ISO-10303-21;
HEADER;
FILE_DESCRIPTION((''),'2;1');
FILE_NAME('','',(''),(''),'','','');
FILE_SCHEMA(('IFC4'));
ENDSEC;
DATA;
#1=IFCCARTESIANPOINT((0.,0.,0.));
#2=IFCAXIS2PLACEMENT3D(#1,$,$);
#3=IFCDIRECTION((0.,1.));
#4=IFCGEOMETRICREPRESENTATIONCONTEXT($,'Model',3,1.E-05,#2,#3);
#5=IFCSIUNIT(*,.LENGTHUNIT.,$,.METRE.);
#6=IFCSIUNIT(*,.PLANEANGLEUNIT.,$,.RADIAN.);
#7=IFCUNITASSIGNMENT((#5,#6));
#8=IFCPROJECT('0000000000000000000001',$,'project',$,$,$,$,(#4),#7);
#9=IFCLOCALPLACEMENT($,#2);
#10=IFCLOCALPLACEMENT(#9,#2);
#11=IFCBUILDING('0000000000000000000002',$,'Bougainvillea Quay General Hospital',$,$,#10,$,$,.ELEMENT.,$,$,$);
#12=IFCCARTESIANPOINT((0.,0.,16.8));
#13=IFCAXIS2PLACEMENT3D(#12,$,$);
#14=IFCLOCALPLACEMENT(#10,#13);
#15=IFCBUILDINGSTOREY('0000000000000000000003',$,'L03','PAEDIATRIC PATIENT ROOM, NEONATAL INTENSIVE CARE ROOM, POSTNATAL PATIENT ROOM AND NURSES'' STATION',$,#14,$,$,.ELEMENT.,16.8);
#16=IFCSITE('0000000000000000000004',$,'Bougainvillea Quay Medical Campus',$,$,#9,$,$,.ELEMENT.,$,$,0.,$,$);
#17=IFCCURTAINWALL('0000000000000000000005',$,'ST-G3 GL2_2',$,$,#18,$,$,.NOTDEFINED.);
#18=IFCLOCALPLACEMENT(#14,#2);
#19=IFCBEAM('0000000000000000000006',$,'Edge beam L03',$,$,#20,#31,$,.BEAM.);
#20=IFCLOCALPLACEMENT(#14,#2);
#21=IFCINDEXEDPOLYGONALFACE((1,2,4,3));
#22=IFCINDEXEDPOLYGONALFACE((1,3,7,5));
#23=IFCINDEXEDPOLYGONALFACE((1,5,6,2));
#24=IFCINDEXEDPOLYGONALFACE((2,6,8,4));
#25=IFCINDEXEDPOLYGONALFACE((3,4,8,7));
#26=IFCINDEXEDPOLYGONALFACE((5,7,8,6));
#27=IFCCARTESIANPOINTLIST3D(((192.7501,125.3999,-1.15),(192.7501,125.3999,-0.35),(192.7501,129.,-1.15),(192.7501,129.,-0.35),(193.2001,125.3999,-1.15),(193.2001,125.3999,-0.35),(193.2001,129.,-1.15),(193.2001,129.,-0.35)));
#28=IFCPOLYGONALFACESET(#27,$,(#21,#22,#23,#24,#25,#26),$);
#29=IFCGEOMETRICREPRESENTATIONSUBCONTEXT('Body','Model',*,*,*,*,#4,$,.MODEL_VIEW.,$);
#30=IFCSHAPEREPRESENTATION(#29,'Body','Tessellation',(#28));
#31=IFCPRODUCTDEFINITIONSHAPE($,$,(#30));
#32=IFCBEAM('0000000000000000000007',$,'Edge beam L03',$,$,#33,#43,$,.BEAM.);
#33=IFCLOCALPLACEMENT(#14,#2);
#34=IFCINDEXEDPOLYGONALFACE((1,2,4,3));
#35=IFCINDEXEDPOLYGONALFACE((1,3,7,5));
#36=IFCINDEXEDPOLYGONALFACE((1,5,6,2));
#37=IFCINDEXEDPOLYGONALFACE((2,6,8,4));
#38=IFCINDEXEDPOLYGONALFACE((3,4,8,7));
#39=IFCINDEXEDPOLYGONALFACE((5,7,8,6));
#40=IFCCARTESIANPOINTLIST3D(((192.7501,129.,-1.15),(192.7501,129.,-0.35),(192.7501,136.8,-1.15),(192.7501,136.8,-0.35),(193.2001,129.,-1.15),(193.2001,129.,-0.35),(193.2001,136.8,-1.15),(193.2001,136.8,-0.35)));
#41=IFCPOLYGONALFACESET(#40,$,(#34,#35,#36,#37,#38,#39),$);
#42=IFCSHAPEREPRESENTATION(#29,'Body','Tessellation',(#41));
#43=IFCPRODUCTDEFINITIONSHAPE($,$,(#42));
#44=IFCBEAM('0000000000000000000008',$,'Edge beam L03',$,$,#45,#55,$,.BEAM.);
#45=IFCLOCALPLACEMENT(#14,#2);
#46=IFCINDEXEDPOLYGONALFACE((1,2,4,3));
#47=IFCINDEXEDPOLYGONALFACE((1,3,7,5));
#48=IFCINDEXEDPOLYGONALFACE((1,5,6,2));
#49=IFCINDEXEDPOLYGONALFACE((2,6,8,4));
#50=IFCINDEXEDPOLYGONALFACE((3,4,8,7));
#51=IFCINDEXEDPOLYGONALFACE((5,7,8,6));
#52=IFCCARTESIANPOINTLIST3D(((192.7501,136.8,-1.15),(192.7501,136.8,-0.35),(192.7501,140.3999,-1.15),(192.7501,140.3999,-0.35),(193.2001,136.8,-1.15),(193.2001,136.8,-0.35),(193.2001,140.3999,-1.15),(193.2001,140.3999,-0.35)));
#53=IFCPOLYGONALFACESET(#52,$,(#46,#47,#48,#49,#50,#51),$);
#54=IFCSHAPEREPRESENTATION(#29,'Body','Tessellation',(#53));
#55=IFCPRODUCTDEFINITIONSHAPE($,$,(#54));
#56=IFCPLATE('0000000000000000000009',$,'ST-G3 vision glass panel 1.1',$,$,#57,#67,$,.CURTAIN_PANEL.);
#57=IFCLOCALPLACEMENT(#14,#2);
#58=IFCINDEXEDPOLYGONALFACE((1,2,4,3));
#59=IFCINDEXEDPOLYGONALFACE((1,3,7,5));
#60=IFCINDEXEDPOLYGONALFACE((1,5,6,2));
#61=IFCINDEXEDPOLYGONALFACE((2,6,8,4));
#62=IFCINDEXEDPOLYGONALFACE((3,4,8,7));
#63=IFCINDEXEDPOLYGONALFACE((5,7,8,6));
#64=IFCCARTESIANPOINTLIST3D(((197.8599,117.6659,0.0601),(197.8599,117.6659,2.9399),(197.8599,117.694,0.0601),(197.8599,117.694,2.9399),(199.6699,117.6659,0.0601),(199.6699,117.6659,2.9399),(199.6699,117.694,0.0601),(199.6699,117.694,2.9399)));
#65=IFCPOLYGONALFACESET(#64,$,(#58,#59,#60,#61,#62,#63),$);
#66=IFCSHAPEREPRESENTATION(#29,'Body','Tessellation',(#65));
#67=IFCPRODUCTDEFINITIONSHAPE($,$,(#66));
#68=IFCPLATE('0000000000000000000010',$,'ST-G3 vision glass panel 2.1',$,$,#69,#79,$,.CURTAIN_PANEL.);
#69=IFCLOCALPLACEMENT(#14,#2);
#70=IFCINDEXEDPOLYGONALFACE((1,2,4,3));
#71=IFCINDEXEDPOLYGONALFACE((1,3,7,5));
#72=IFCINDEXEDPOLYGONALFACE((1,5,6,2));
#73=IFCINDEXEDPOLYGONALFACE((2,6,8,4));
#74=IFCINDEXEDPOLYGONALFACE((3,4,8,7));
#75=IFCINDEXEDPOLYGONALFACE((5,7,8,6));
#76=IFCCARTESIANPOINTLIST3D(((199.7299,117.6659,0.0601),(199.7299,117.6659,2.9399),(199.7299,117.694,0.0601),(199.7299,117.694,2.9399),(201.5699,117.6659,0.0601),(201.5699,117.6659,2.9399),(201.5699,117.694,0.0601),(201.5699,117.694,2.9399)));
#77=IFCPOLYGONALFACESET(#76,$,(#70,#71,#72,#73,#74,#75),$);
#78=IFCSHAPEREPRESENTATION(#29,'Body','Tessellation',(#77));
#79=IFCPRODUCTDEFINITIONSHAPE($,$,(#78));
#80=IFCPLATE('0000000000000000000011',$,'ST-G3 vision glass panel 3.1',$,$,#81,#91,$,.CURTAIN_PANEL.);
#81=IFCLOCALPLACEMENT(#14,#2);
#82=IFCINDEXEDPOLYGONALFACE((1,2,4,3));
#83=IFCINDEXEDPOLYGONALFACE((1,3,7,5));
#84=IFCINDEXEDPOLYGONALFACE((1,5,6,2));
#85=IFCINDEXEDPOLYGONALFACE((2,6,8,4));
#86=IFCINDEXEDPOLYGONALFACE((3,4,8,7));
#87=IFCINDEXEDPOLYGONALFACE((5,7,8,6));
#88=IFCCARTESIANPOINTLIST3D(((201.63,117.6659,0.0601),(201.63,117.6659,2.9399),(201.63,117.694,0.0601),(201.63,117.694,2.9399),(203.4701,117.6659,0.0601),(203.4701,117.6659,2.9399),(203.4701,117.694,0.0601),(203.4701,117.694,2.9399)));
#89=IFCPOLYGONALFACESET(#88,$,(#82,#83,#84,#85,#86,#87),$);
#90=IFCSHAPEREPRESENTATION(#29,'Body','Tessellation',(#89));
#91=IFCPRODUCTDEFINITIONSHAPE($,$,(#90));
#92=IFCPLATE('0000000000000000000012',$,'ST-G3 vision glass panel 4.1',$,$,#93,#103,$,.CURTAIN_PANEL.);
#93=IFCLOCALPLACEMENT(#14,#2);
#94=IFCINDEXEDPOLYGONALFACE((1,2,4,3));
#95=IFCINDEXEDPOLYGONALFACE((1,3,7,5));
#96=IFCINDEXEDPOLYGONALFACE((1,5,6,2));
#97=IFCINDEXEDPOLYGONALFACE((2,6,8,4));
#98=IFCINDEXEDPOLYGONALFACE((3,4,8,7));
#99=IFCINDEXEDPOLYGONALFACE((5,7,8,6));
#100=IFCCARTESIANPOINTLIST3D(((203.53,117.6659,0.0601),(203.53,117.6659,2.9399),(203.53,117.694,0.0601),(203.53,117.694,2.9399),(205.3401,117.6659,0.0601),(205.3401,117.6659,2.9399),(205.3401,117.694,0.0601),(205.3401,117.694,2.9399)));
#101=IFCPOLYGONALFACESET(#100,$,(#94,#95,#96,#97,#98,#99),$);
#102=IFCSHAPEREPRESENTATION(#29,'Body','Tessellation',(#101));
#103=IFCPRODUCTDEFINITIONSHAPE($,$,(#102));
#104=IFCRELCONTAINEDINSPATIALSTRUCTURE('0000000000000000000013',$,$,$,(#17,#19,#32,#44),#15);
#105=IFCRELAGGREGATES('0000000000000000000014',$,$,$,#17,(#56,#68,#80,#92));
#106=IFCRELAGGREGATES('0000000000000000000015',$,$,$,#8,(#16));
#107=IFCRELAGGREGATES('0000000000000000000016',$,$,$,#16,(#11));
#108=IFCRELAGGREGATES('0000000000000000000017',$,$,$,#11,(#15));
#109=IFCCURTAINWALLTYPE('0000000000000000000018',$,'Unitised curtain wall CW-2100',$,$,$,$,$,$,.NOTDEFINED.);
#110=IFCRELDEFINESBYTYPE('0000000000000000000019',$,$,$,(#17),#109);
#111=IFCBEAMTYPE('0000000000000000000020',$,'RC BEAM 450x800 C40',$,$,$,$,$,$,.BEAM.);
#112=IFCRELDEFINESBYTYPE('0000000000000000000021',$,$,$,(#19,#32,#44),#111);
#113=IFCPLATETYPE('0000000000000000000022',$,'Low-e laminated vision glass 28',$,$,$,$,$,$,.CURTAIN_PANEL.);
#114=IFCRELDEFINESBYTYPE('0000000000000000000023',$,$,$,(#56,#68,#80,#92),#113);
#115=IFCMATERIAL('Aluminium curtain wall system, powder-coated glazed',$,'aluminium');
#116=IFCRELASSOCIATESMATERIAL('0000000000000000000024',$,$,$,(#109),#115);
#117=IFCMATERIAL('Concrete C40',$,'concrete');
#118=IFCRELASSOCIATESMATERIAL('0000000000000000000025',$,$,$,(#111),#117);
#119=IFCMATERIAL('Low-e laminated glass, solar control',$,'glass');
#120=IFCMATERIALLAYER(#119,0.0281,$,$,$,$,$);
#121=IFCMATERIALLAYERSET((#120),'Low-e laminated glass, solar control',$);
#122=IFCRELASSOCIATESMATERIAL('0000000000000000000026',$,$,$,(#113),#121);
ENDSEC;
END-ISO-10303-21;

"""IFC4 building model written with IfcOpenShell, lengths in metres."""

from ifc_helpers import new_model, si_unit, direction, frame, origin, origin_2d, place, context, subcontext, project, spatial, rectangle, extrude, material, layer, layer_set, material_profile, profile_set, type_object, element, aggregate, save


model = new_model("IFC4")

# Units and contexts
model_context = context("Model", 3, precision=1e-05, world=origin(), true_north=direction((0.0, 1.0)))
body_context = subcontext(model_context, "Body", "Model", "MODEL_VIEW")
ifc_project = project(units=[si_unit("LENGTHUNIT", "METRE"), si_unit("PLANEANGLEUNIT", "RADIAN")], contexts=[model_context])

# Site, building, storey
site_placement = place(None, origin())
site = spatial("IfcSite", under=ifc_project, at=site_placement, Name="Bougainvillea Quay Medical Campus", CompositionType="ELEMENT", RefElevation=0.0)
building_placement = place(site_placement, origin())
building = spatial("IfcBuilding", under=site, at=building_placement, Name="Bougainvillea Quay General Hospital", CompositionType="ELEMENT")
storey_placement = place(building_placement, frame((0.0, 0.0, 16.8)))
storey = spatial("IfcBuildingStorey", under=building, at=storey_placement, Name="L03", Description="PAEDIATRIC PATIENT ROOM, NEONATAL INTENSIVE CARE ROOM, POSTNATAL PATIENT ROOM AND NURSES' STATION", CompositionType="ELEMENT", Elevation=16.8)

# Curtain wall
ifc_material_1 = material(Name="Aluminium curtain wall system, powder-coated glazed", Category="aluminium")
curtain_wall_type = type_object("IfcCurtainWallType", Name="Unitised curtain wall CW-2100", PredefinedType="NOTDEFINED", material=ifc_material_1)
curtain_wall_placement = place(storey_placement, origin())
curtain_wall = element("IfcCurtainWall", 1, at=curtain_wall_placement, inside=storey, type_object=curtain_wall_type, Name="ST-G3 GL2_2", PredefinedType="NOTDEFINED")

# Beams
ifc_material_2 = material(Name="Concrete C40", Category="concrete")
ifc_material_profile_1 = material_profile(ifc_material_2, rectangle(XDim=0.45, YDim=0.8, at=origin_2d()))
ifc_profile_set_1 = profile_set([ifc_material_profile_1], Name="Concrete C40")
beam_type = type_object("IfcBeamType", Name="RC BEAM 450x800 C40", PredefinedType="BEAM", material=ifc_profile_set_1)
beam_1_placement = place(storey_placement, frame((192.9751, 125.3999, -0.75), z_axis=(0.0, 1.0, 0.0), x_axis=(-1.0, 0.0, 0.0)))
element("IfcBeam", 2, at=beam_1_placement, inside=storey, type_object=beam_type, Name="Edge beam L03", PredefinedType="BEAM", context=body_context, shape_type="SweptSolid", body=[
    extrude(rectangle(XDim=0.45, YDim=0.8, at=origin_2d()), origin(), (0.0, 0.0, 1.0), 3.6001),
])
beam_2_placement = place(storey_placement, frame((192.9751, 129.0, -0.75), z_axis=(0.0, 1.0, 0.0), x_axis=(-1.0, 0.0, 0.0)))
element("IfcBeam", 3, at=beam_2_placement, inside=storey, type_object=beam_type, Name="Edge beam L03", PredefinedType="BEAM", context=body_context, shape_type="SweptSolid", body=[
    extrude(rectangle(XDim=0.45, YDim=0.8, at=origin_2d()), origin(), (0.0, 0.0, 1.0), 7.8),
])
beam_3_placement = place(storey_placement, frame((192.9751, 136.8, -0.75), z_axis=(0.0, 1.0, 0.0), x_axis=(-1.0, 0.0, 0.0)))
element("IfcBeam", 4, at=beam_3_placement, inside=storey, type_object=beam_type, Name="Edge beam L03", PredefinedType="BEAM", context=body_context, shape_type="SweptSolid", body=[
    extrude(rectangle(XDim=0.45, YDim=0.8, at=origin_2d()), origin(), (0.0, 0.0, 1.0), 3.5999),
])

# Plates
ifc_material_3 = material(Name="Low-e laminated glass, solar control", Category="glass")
ifc_layer = layer(ifc_material_3, 0.0281)
ifc_layer_set = layer_set([ifc_layer], Name="Low-e laminated glass, solar control")
plate_type = type_object("IfcPlateType", Name="Low-e laminated vision glass 28", PredefinedType="CURTAIN_PANEL", material=ifc_layer_set)
plate_1_placement = place(storey_placement, frame((198.7649, 117.6799, 0.0601), z_axis=(0.0, 0.0, 1.0), x_axis=(1.0, 0.0, 0.0)))
plate_1 = element("IfcPlate", 5, at=plate_1_placement, type_object=plate_type, Name="ST-G3 vision glass panel 1.1", PredefinedType="CURTAIN_PANEL", context=body_context, shape_type="SweptSolid", body=[
    extrude(rectangle(XDim=1.8101, YDim=0.0281, at=origin_2d()), origin(), (0.0, 0.0, 1.0), 2.8799),
])
plate_2_placement = place(storey_placement, frame((200.6499, 117.6799, 0.0601), z_axis=(0.0, 0.0, 1.0), x_axis=(1.0, 0.0, 0.0)))
plate_2 = element("IfcPlate", 6, at=plate_2_placement, type_object=plate_type, Name="ST-G3 vision glass panel 2.1", PredefinedType="CURTAIN_PANEL", context=body_context, shape_type="SweptSolid", body=[
    extrude(rectangle(XDim=1.8401, YDim=0.0281, at=origin_2d()), origin(), (0.0, 0.0, 1.0), 2.8799),
])
plate_3_placement = place(storey_placement, frame((202.55, 117.6799, 0.0601), z_axis=(0.0, 0.0, 1.0), x_axis=(1.0, 0.0, 0.0)))
plate_3 = element("IfcPlate", 7, at=plate_3_placement, type_object=plate_type, Name="ST-G3 vision glass panel 3.1", PredefinedType="CURTAIN_PANEL", context=body_context, shape_type="SweptSolid", body=[
    extrude(rectangle(XDim=1.8401, YDim=0.0281, at=origin_2d()), origin(), (0.0, 0.0, 1.0), 2.8799),
])
plate_4_placement = place(storey_placement, frame((204.4351, 117.6799, 0.0601), z_axis=(0.0, 0.0, 1.0), x_axis=(1.0, 0.0, 0.0)))
plate_4 = element("IfcPlate", 8, at=plate_4_placement, type_object=plate_type, Name="ST-G3 vision glass panel 4.1", PredefinedType="CURTAIN_PANEL", context=body_context, shape_type="SweptSolid", body=[
    extrude(rectangle(XDim=1.8101, YDim=0.0281, at=origin_2d()), origin(), (0.0, 0.0, 1.0), 2.8799),
])
aggregate(curtain_wall, [plate_1, plate_2, plate_3, plate_4])

save(model, "model.ifc")
